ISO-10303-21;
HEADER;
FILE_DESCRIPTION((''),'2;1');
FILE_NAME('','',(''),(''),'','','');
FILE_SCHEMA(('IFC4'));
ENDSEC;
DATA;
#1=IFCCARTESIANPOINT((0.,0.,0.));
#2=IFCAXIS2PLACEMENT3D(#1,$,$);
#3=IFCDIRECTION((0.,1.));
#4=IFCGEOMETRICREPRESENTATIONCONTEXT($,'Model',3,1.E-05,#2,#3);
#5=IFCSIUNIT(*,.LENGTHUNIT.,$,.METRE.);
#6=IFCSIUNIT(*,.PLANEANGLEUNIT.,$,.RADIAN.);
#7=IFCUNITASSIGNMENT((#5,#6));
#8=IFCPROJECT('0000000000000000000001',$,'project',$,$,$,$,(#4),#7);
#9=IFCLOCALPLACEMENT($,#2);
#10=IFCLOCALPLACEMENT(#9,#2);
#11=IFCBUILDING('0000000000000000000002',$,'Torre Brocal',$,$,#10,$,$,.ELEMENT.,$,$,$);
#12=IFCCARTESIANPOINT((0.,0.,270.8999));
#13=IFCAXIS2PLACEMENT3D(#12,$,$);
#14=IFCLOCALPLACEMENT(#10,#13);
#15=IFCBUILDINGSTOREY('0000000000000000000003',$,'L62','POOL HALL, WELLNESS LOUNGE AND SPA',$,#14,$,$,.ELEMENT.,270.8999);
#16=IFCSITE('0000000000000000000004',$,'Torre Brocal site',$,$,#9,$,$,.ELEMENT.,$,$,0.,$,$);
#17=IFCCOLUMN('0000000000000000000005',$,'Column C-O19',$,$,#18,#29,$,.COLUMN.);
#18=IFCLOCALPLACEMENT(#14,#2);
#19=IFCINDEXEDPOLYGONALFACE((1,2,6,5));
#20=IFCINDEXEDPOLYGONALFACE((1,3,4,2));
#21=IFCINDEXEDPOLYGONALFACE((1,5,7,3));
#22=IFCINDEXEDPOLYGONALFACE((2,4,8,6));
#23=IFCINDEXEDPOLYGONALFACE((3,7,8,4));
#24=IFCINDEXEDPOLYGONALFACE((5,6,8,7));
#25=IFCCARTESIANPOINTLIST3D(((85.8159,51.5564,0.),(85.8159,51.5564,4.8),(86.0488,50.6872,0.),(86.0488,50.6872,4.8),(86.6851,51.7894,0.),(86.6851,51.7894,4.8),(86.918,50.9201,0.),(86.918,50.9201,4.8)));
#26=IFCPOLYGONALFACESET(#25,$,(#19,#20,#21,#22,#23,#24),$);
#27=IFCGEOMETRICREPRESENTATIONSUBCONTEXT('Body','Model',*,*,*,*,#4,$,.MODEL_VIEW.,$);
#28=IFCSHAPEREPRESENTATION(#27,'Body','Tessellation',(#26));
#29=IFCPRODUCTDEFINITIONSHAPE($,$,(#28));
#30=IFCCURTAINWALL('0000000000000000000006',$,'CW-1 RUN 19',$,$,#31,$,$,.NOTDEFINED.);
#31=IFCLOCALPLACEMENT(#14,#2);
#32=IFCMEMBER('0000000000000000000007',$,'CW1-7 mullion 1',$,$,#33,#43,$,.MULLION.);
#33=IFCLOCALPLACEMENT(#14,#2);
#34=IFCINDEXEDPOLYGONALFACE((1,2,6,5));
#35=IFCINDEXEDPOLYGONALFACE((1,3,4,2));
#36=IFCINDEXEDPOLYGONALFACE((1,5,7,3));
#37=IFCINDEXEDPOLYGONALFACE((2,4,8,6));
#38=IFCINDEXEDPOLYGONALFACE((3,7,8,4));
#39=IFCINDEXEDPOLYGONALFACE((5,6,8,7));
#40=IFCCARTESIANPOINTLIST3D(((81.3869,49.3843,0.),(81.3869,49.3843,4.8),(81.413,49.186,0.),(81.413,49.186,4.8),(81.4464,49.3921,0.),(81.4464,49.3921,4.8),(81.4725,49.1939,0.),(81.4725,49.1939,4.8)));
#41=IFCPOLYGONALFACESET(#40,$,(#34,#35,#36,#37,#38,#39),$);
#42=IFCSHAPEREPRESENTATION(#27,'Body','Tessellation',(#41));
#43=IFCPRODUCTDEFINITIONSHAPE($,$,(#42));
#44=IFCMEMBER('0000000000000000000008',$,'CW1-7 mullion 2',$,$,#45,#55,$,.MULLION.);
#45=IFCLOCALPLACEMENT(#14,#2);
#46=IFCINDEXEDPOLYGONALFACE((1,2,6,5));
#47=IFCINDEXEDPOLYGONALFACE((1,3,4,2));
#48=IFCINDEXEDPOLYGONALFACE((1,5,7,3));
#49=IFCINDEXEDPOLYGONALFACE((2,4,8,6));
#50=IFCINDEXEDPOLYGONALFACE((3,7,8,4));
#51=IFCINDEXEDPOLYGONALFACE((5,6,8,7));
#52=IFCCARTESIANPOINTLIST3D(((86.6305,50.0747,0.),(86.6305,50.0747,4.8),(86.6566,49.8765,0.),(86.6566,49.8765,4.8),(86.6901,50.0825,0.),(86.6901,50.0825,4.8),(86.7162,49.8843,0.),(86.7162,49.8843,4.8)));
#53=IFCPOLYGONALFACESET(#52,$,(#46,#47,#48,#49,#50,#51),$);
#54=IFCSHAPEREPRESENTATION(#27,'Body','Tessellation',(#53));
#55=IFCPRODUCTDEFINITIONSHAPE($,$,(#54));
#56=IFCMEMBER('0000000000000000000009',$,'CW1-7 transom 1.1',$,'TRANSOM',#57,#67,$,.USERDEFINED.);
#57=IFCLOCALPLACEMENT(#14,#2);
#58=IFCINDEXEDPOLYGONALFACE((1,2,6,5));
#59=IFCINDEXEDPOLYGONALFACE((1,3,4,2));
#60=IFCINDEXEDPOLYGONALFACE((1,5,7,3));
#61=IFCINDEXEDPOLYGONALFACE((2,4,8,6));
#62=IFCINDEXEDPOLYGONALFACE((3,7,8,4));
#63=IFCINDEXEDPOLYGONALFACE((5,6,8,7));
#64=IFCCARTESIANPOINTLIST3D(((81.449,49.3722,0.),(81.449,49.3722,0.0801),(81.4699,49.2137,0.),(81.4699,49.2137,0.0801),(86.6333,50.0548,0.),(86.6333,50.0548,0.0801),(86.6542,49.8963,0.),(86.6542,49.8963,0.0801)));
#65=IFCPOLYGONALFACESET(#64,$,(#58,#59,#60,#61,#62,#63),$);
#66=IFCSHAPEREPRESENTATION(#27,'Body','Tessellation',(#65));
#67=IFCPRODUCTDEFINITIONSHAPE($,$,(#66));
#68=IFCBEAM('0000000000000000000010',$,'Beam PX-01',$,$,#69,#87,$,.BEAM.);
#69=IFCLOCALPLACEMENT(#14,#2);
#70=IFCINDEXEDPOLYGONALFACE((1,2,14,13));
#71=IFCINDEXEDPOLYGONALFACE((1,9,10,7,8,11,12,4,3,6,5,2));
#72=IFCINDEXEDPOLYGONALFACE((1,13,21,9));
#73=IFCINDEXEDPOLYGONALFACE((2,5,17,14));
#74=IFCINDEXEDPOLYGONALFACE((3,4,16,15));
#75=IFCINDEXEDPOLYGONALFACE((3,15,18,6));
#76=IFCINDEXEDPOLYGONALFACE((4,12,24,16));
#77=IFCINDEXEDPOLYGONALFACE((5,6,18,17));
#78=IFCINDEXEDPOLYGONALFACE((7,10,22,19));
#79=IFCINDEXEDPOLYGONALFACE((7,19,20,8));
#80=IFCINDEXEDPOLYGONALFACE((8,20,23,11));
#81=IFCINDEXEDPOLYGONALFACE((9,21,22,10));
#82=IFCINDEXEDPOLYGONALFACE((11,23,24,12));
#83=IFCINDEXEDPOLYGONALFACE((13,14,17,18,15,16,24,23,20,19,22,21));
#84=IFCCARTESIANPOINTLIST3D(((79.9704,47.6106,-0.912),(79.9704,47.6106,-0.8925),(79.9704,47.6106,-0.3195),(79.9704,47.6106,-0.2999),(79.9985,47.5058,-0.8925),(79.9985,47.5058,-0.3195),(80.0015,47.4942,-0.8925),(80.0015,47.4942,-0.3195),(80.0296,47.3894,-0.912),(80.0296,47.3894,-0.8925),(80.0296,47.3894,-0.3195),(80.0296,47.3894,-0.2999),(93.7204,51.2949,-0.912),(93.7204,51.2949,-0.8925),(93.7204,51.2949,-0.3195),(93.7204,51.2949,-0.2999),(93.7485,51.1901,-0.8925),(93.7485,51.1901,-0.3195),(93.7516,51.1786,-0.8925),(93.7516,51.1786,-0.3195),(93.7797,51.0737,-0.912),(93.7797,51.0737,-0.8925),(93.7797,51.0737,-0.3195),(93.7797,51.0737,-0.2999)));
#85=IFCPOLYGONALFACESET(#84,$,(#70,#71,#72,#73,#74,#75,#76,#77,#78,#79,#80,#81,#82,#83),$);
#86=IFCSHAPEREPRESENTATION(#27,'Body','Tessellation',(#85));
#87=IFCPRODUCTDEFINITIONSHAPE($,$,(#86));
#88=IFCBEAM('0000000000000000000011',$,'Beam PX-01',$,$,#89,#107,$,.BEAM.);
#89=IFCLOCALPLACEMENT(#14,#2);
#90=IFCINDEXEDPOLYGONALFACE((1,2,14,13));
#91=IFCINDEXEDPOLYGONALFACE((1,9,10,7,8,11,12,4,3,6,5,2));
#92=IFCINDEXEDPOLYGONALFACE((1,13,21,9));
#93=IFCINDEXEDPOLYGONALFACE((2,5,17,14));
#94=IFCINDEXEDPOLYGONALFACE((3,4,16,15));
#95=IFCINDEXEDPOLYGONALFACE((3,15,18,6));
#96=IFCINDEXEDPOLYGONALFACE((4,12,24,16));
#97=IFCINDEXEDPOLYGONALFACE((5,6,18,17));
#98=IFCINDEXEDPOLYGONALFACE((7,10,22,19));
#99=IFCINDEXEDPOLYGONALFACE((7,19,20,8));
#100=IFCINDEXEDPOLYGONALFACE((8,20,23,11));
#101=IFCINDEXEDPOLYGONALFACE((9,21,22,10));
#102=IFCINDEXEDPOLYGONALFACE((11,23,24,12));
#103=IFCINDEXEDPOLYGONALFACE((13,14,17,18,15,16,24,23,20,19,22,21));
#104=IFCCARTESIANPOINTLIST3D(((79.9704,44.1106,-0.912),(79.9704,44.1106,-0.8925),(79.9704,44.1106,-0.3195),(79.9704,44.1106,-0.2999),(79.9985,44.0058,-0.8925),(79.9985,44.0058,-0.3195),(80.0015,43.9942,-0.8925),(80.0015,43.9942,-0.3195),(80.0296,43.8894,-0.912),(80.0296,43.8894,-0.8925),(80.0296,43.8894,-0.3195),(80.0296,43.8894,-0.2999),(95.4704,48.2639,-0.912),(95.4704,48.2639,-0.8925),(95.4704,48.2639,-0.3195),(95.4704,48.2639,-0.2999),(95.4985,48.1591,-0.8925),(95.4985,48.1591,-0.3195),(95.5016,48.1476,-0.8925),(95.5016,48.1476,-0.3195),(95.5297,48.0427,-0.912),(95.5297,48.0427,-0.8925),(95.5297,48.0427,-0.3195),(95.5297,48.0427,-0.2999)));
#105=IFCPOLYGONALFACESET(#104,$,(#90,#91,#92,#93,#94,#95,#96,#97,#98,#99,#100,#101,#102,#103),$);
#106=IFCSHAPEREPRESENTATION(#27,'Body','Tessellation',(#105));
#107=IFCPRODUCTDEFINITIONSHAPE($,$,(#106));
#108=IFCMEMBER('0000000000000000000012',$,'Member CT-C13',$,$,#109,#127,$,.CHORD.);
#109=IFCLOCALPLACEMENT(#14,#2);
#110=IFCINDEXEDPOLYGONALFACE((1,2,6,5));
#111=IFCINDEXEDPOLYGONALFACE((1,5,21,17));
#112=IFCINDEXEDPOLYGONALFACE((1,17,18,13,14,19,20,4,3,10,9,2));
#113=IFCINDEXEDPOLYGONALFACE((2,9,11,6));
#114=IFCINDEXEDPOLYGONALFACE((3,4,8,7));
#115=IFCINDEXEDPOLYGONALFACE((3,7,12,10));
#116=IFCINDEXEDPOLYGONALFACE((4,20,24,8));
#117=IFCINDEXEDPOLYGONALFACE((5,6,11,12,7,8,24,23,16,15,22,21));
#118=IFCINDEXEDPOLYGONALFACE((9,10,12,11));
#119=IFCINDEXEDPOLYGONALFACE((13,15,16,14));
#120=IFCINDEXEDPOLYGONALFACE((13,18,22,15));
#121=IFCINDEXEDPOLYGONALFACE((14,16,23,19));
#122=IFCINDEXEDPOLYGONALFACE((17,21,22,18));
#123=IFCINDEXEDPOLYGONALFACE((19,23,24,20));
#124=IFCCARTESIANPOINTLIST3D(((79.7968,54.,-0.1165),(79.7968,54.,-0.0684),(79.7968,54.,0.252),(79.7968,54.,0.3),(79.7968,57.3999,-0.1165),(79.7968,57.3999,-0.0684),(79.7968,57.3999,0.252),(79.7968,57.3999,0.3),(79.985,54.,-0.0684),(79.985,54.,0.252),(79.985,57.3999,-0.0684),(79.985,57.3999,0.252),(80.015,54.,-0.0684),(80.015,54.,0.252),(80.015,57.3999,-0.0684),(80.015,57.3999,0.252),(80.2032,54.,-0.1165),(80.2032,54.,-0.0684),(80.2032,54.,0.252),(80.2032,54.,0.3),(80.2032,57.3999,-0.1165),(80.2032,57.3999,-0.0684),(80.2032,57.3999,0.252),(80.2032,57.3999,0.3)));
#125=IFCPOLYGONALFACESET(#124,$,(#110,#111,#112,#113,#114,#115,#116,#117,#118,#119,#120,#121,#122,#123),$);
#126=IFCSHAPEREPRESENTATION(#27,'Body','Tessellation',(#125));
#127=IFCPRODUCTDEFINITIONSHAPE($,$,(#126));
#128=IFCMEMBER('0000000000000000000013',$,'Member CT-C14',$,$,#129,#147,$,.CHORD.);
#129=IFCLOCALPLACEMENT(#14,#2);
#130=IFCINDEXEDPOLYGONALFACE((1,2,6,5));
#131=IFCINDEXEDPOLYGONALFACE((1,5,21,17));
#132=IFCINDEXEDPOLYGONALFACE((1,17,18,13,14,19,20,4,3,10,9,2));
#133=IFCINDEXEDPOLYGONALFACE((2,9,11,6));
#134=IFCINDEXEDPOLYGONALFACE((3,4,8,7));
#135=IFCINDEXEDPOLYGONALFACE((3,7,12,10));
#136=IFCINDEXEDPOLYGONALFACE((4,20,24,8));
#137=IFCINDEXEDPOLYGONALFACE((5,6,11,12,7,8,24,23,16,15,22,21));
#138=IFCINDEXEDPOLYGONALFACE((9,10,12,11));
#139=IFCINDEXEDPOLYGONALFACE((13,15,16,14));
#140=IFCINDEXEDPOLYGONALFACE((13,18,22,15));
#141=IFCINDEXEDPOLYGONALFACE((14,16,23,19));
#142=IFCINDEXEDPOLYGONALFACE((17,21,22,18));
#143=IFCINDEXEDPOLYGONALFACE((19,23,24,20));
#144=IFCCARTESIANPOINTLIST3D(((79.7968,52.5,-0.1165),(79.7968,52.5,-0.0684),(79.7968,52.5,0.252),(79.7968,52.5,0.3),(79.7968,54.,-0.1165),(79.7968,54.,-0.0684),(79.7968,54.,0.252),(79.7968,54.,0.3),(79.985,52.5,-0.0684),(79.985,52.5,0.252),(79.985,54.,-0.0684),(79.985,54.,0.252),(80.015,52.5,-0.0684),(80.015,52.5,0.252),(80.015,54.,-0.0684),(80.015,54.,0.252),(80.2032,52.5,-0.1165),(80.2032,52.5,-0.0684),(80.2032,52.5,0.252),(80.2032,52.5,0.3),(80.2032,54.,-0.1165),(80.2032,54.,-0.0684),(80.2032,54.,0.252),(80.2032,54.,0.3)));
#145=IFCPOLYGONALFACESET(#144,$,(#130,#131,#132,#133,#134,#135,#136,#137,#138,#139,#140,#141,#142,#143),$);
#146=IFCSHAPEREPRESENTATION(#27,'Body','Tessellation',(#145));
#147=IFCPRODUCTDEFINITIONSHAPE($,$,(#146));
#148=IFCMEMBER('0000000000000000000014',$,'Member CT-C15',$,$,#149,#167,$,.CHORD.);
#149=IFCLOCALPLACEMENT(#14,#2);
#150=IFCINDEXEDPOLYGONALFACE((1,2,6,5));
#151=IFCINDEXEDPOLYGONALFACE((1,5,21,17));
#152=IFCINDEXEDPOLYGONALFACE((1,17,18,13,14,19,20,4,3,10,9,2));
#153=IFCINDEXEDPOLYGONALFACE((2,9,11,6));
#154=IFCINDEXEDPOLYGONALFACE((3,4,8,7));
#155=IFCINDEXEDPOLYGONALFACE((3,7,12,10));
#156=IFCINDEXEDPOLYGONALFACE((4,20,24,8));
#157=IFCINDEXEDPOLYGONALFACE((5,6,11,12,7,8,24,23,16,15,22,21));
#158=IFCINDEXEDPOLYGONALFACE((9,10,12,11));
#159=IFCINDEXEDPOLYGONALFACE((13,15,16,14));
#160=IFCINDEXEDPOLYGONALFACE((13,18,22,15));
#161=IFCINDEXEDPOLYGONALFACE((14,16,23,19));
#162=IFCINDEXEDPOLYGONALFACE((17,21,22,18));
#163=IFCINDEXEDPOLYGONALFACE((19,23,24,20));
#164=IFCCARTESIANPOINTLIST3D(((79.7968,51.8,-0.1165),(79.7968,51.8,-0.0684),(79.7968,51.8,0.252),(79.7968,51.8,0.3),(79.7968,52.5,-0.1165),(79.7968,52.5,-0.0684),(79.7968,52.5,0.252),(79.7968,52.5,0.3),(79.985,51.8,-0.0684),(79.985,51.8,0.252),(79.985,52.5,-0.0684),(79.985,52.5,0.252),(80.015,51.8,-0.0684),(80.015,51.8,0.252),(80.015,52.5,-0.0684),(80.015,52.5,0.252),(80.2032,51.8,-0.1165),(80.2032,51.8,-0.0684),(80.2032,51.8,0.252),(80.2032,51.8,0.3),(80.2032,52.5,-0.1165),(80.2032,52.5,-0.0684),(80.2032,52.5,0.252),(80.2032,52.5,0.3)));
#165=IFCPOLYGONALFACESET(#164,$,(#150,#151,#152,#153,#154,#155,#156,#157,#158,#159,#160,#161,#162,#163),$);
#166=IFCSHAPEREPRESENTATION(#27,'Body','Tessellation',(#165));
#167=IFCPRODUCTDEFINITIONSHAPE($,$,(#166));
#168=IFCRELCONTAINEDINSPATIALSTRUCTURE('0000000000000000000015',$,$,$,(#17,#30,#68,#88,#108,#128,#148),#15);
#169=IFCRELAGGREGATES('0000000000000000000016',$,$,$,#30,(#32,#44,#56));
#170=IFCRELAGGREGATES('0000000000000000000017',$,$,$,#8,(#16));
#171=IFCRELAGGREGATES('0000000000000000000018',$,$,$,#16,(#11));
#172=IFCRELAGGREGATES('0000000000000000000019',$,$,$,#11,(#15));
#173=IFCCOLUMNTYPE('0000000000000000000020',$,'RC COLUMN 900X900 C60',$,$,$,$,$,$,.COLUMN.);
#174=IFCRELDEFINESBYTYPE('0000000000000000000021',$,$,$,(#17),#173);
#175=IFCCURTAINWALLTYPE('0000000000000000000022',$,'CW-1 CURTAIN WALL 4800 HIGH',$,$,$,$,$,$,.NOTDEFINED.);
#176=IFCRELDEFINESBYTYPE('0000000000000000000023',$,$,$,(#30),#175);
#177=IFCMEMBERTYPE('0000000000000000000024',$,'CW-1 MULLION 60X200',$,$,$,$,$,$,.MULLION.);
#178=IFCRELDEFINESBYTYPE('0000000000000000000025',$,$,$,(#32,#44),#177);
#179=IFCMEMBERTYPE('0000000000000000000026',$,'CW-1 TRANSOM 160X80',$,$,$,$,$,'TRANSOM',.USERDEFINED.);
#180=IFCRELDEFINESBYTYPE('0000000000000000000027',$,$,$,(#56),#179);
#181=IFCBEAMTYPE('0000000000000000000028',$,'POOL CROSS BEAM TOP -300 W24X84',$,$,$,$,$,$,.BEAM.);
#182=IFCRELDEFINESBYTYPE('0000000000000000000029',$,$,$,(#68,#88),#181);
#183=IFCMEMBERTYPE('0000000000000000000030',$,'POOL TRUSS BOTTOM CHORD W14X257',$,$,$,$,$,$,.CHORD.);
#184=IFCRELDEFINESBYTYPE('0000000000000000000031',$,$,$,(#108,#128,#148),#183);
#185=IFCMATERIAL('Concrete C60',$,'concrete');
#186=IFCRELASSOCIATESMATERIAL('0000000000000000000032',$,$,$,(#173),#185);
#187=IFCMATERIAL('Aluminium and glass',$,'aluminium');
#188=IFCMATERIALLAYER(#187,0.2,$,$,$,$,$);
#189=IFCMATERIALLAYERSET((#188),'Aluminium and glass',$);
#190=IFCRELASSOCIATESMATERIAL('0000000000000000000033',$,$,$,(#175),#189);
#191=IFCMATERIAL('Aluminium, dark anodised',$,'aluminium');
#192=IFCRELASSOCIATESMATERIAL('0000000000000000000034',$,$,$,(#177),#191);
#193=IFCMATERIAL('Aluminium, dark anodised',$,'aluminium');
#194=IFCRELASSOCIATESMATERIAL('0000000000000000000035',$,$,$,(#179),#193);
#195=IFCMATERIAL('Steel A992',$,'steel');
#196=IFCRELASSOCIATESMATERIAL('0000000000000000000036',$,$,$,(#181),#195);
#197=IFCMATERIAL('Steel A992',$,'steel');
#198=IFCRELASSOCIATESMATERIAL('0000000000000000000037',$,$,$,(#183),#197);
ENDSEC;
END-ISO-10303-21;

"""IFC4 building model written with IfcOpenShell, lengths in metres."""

from ifc_helpers import new_model, si_unit, direction, frame, origin, origin_2d, place, context, subcontext, project, spatial, rectangle, i_section, extrude, material, layer, layer_set, material_profile, profile_set, type_object, element, aggregate, save


model = new_model("IFC4")

# Units and contexts
model_context = context("Model", 3, precision=1e-05, world=origin(), true_north=direction((0.0, 1.0)))
body_context = subcontext(model_context, "Body", "Model", "MODEL_VIEW")
ifc_project = project(units=[si_unit("LENGTHUNIT", "METRE"), si_unit("PLANEANGLEUNIT", "RADIAN")], contexts=[model_context])

# Site, building, storey
site_placement = place(None, origin())
site = spatial("IfcSite", under=ifc_project, at=site_placement, Name="Torre Brocal site", CompositionType="ELEMENT", RefElevation=0.0)
building_placement = place(site_placement, origin())
building = spatial("IfcBuilding", under=site, at=building_placement, Name="Torre Brocal", CompositionType="ELEMENT")
storey_placement = place(building_placement, frame((0.0, 0.0, 270.8999)))
storey = spatial("IfcBuildingStorey", under=building, at=storey_placement, Name="L62", Description="POOL HALL, WELLNESS LOUNGE AND SPA", CompositionType="ELEMENT", Elevation=270.8999)

# Column
ifc_material_1 = material(Name="Concrete C60", Category="concrete")
ifc_material_profile_1 = material_profile(ifc_material_1, rectangle(XDim=0.8999, YDim=0.8999, at=origin_2d()), Name="RC 900X900")
ifc_profile_set_1 = profile_set([ifc_material_profile_1], Name="Concrete C60")
column_type = type_object("IfcColumnType", Name="RC COLUMN 900X900 C60", PredefinedType="COLUMN", material=ifc_profile_set_1)
column_placement = place(storey_placement, frame((86.3669, 51.2383, 0.0), z_axis=(0.0, 0.0, 1.0), x_axis=(0.258819, -0.965926, 0.0)))
element("IfcColumn", 1, at=column_placement, inside=storey, type_object=column_type, Name="Column C-O19", PredefinedType="COLUMN", context=body_context, shape_type="SweptSolid", body=[
    extrude(rectangle(XDim=0.8999, YDim=0.8999, at=origin_2d()), origin(), (0.0, 0.0, 1.0), 4.8),
])

# Curtain wall, members
ifc_material_2 = material(Name="Aluminium and glass", Category="aluminium")
ifc_layer_1 = layer(ifc_material_2, 0.2)
ifc_layer_set_1 = layer_set([ifc_layer_1], Name="Aluminium and glass")
curtain_wall_type = type_object("IfcCurtainWallType", Name="CW-1 CURTAIN WALL 4800 HIGH", PredefinedType="NOTDEFINED", material=ifc_layer_set_1)
curtain_wall_placement = place(storey_placement, origin())
curtain_wall = element("IfcCurtainWall", 2, at=curtain_wall_placement, inside=storey, type_object=curtain_wall_type, Name="CW-1 RUN 19", PredefinedType="NOTDEFINED")
ifc_material_3 = material(Name="Aluminium, dark anodised", Category="aluminium")
ifc_material_profile_2 = material_profile(ifc_material_3, rectangle(XDim=0.2, YDim=0.0601, at=origin_2d()), Name="CW-1 MULLION 60X200")
ifc_profile_set_2 = profile_set([ifc_material_profile_2], Name="Aluminium, dark anodised")
member_type_1 = type_object("IfcMemberType", Name="CW-1 MULLION 60X200", PredefinedType="MULLION", material=ifc_profile_set_2)
member_1_placement = place(storey_placement, frame((81.4297, 49.2891, 0.0), z_axis=(0.0, 0.0, 1.0), x_axis=(-0.130526, 0.991445, 0.0)))
member_1 = element("IfcMember", 3, at=member_1_placement, type_object=member_type_1, Name="CW1-7 mullion 1", PredefinedType="MULLION", context=body_context, shape_type="SweptSolid", body=[
    extrude(rectangle(XDim=0.2, YDim=0.0601, at=origin_2d()), origin(), (0.0, 0.0, 1.0), 4.8),
])
member_2_placement = place(storey_placement, frame((86.6733, 49.9795, 0.0), z_axis=(0.0, 0.0, 1.0), x_axis=(-0.130526, 0.991445, 0.0)))
member_2 = element("IfcMember", 4, at=member_2_placement, type_object=member_type_1, Name="CW1-7 mullion 2", PredefinedType="MULLION", context=body_context, shape_type="SweptSolid", body=[
    extrude(rectangle(XDim=0.2, YDim=0.0601, at=origin_2d()), origin(), (0.0, 0.0, 1.0), 4.8),
])
ifc_material_4 = material(Name="Aluminium, dark anodised", Category="aluminium")
ifc_material_profile_3 = material_profile(ifc_material_4, rectangle(XDim=0.1599, YDim=0.0801, at=origin_2d()), Name="CW-1 TRANSOM 160X80")
ifc_profile_set_3 = profile_set([ifc_material_profile_3], Name="Aluminium, dark anodised")
member_type_2 = type_object("IfcMemberType", Name="CW-1 TRANSOM 160X80", ElementType="TRANSOM", PredefinedType="USERDEFINED", material=ifc_profile_set_3)
member_3_placement = place(storey_placement, frame((81.4595, 49.293, 0.04), z_axis=(0.991443, 0.130543, 0.0), x_axis=(-0.130543, 0.991443, 0.0)))
member_3 = element("IfcMember", 5, at=member_3_placement, type_object=member_type_2, Name="CW1-7 transom 1.1", ObjectType="TRANSOM", PredefinedType="USERDEFINED", context=body_context, shape_type="SweptSolid", body=[
    extrude(rectangle(XDim=0.1599, YDim=0.0801, at=origin_2d()), origin(), (0.0, 0.0, 1.0), 5.229),
])

# Beams
ifc_material_5 = material(Name="Steel A992", Category="steel")
ifc_material_profile_4 = material_profile(ifc_material_5, i_section(OverallWidth=0.229, OverallDepth=0.6121, WebThickness=0.012, FlangeThickness=0.0195, at=origin_2d()), Name="W24X84")
ifc_profile_set_4 = profile_set([ifc_material_profile_4], Name="Steel A992")
beam_type_1 = type_object("IfcBeamType", Name="POOL CROSS BEAM TOP -300 W24X84", PredefinedType="BEAM", material=ifc_profile_set_4)
beam_1_placement = place(storey_placement, frame((80.0, 47.5, -0.606), z_axis=(0.965925, 0.258821, 0.0), x_axis=(-0.258821, 0.965925, 0.0)))
element("IfcBeam", 6, at=beam_1_placement, inside=storey, type_object=beam_type_1, Name="Beam PX-01", PredefinedType="BEAM", context=body_context, shape_type="SweptSolid", body=[
    extrude(i_section(OverallWidth=0.229, OverallDepth=0.6121, WebThickness=0.012, FlangeThickness=0.0195, at=origin_2d()), origin(), (0.0, 0.0, 1.0), 14.2351),
])
beam_2_placement = place(storey_placement, frame((80.0, 44.0, -0.606), z_axis=(0.965924, 0.258825, 0.0), x_axis=(-0.258825, 0.965924, 0.0)))
element("IfcBeam", 7, at=beam_2_placement, inside=storey, type_object=beam_type_1, Name="Beam PX-01", PredefinedType="BEAM", context=body_context, shape_type="SweptSolid", body=[
    extrude(i_section(OverallWidth=0.229, OverallDepth=0.6121, WebThickness=0.012, FlangeThickness=0.0195, at=origin_2d()), origin(), (0.0, 0.0, 1.0), 16.0469),
])

# Members
ifc_material_6 = material(Name="Steel A992", Category="steel")
ifc_material_profile_5 = material_profile(ifc_material_6, i_section(OverallWidth=0.4065, OverallDepth=0.4165, WebThickness=0.03, FlangeThickness=0.0481, at=origin_2d()), Name="W14X257")
ifc_profile_set_5 = profile_set([ifc_material_profile_5], Name="Steel A992")
member_type_3 = type_object("IfcMemberType", Name="POOL TRUSS BOTTOM CHORD W14X257", PredefinedType="CHORD", material=ifc_profile_set_5)
member_4_placement = place(storey_placement, frame((80.0, 57.3999, 0.0918), z_axis=(0.0, -1.0, 0.0), x_axis=(1.0, 0.0, 0.0)))
element("IfcMember", 8, at=member_4_placement, inside=storey, type_object=member_type_3, Name="Member CT-C13", PredefinedType="CHORD", context=body_context, shape_type="SweptSolid", body=[
    extrude(i_section(OverallWidth=0.4065, OverallDepth=0.4165, WebThickness=0.03, FlangeThickness=0.0481, at=origin_2d()), origin(), (0.0, 0.0, 1.0), 3.3999),
])
member_5_placement = place(storey_placement, frame((80.0, 54.0, 0.0918), z_axis=(0.0, -1.0, 0.0), x_axis=(1.0, 0.0, 0.0)))
element("IfcMember", 9, at=member_5_placement, inside=storey, type_object=member_type_3, Name="Member CT-C14", PredefinedType="CHORD", context=body_context, shape_type="SweptSolid", body=[
    extrude(i_section(OverallWidth=0.4065, OverallDepth=0.4165, WebThickness=0.03, FlangeThickness=0.0481, at=origin_2d()), origin(), (0.0, 0.0, 1.0), 1.5),
])
member_6_placement = place(storey_placement, frame((80.0, 52.5, 0.0918), z_axis=(0.0, -1.0, 0.0), x_axis=(1.0, 0.0, 0.0)))
element("IfcMember", 10, at=member_6_placement, inside=storey, type_object=member_type_3, Name="Member CT-C15", PredefinedType="CHORD", context=body_context, shape_type="SweptSolid", body=[
    extrude(i_section(OverallWidth=0.4065, OverallDepth=0.4165, WebThickness=0.03, FlangeThickness=0.0481, at=origin_2d()), origin(), (0.0, 0.0, 1.0), 0.7),
])

aggregate(curtain_wall, [member_1, member_2, member_3])

save(model, "model.ifc")
